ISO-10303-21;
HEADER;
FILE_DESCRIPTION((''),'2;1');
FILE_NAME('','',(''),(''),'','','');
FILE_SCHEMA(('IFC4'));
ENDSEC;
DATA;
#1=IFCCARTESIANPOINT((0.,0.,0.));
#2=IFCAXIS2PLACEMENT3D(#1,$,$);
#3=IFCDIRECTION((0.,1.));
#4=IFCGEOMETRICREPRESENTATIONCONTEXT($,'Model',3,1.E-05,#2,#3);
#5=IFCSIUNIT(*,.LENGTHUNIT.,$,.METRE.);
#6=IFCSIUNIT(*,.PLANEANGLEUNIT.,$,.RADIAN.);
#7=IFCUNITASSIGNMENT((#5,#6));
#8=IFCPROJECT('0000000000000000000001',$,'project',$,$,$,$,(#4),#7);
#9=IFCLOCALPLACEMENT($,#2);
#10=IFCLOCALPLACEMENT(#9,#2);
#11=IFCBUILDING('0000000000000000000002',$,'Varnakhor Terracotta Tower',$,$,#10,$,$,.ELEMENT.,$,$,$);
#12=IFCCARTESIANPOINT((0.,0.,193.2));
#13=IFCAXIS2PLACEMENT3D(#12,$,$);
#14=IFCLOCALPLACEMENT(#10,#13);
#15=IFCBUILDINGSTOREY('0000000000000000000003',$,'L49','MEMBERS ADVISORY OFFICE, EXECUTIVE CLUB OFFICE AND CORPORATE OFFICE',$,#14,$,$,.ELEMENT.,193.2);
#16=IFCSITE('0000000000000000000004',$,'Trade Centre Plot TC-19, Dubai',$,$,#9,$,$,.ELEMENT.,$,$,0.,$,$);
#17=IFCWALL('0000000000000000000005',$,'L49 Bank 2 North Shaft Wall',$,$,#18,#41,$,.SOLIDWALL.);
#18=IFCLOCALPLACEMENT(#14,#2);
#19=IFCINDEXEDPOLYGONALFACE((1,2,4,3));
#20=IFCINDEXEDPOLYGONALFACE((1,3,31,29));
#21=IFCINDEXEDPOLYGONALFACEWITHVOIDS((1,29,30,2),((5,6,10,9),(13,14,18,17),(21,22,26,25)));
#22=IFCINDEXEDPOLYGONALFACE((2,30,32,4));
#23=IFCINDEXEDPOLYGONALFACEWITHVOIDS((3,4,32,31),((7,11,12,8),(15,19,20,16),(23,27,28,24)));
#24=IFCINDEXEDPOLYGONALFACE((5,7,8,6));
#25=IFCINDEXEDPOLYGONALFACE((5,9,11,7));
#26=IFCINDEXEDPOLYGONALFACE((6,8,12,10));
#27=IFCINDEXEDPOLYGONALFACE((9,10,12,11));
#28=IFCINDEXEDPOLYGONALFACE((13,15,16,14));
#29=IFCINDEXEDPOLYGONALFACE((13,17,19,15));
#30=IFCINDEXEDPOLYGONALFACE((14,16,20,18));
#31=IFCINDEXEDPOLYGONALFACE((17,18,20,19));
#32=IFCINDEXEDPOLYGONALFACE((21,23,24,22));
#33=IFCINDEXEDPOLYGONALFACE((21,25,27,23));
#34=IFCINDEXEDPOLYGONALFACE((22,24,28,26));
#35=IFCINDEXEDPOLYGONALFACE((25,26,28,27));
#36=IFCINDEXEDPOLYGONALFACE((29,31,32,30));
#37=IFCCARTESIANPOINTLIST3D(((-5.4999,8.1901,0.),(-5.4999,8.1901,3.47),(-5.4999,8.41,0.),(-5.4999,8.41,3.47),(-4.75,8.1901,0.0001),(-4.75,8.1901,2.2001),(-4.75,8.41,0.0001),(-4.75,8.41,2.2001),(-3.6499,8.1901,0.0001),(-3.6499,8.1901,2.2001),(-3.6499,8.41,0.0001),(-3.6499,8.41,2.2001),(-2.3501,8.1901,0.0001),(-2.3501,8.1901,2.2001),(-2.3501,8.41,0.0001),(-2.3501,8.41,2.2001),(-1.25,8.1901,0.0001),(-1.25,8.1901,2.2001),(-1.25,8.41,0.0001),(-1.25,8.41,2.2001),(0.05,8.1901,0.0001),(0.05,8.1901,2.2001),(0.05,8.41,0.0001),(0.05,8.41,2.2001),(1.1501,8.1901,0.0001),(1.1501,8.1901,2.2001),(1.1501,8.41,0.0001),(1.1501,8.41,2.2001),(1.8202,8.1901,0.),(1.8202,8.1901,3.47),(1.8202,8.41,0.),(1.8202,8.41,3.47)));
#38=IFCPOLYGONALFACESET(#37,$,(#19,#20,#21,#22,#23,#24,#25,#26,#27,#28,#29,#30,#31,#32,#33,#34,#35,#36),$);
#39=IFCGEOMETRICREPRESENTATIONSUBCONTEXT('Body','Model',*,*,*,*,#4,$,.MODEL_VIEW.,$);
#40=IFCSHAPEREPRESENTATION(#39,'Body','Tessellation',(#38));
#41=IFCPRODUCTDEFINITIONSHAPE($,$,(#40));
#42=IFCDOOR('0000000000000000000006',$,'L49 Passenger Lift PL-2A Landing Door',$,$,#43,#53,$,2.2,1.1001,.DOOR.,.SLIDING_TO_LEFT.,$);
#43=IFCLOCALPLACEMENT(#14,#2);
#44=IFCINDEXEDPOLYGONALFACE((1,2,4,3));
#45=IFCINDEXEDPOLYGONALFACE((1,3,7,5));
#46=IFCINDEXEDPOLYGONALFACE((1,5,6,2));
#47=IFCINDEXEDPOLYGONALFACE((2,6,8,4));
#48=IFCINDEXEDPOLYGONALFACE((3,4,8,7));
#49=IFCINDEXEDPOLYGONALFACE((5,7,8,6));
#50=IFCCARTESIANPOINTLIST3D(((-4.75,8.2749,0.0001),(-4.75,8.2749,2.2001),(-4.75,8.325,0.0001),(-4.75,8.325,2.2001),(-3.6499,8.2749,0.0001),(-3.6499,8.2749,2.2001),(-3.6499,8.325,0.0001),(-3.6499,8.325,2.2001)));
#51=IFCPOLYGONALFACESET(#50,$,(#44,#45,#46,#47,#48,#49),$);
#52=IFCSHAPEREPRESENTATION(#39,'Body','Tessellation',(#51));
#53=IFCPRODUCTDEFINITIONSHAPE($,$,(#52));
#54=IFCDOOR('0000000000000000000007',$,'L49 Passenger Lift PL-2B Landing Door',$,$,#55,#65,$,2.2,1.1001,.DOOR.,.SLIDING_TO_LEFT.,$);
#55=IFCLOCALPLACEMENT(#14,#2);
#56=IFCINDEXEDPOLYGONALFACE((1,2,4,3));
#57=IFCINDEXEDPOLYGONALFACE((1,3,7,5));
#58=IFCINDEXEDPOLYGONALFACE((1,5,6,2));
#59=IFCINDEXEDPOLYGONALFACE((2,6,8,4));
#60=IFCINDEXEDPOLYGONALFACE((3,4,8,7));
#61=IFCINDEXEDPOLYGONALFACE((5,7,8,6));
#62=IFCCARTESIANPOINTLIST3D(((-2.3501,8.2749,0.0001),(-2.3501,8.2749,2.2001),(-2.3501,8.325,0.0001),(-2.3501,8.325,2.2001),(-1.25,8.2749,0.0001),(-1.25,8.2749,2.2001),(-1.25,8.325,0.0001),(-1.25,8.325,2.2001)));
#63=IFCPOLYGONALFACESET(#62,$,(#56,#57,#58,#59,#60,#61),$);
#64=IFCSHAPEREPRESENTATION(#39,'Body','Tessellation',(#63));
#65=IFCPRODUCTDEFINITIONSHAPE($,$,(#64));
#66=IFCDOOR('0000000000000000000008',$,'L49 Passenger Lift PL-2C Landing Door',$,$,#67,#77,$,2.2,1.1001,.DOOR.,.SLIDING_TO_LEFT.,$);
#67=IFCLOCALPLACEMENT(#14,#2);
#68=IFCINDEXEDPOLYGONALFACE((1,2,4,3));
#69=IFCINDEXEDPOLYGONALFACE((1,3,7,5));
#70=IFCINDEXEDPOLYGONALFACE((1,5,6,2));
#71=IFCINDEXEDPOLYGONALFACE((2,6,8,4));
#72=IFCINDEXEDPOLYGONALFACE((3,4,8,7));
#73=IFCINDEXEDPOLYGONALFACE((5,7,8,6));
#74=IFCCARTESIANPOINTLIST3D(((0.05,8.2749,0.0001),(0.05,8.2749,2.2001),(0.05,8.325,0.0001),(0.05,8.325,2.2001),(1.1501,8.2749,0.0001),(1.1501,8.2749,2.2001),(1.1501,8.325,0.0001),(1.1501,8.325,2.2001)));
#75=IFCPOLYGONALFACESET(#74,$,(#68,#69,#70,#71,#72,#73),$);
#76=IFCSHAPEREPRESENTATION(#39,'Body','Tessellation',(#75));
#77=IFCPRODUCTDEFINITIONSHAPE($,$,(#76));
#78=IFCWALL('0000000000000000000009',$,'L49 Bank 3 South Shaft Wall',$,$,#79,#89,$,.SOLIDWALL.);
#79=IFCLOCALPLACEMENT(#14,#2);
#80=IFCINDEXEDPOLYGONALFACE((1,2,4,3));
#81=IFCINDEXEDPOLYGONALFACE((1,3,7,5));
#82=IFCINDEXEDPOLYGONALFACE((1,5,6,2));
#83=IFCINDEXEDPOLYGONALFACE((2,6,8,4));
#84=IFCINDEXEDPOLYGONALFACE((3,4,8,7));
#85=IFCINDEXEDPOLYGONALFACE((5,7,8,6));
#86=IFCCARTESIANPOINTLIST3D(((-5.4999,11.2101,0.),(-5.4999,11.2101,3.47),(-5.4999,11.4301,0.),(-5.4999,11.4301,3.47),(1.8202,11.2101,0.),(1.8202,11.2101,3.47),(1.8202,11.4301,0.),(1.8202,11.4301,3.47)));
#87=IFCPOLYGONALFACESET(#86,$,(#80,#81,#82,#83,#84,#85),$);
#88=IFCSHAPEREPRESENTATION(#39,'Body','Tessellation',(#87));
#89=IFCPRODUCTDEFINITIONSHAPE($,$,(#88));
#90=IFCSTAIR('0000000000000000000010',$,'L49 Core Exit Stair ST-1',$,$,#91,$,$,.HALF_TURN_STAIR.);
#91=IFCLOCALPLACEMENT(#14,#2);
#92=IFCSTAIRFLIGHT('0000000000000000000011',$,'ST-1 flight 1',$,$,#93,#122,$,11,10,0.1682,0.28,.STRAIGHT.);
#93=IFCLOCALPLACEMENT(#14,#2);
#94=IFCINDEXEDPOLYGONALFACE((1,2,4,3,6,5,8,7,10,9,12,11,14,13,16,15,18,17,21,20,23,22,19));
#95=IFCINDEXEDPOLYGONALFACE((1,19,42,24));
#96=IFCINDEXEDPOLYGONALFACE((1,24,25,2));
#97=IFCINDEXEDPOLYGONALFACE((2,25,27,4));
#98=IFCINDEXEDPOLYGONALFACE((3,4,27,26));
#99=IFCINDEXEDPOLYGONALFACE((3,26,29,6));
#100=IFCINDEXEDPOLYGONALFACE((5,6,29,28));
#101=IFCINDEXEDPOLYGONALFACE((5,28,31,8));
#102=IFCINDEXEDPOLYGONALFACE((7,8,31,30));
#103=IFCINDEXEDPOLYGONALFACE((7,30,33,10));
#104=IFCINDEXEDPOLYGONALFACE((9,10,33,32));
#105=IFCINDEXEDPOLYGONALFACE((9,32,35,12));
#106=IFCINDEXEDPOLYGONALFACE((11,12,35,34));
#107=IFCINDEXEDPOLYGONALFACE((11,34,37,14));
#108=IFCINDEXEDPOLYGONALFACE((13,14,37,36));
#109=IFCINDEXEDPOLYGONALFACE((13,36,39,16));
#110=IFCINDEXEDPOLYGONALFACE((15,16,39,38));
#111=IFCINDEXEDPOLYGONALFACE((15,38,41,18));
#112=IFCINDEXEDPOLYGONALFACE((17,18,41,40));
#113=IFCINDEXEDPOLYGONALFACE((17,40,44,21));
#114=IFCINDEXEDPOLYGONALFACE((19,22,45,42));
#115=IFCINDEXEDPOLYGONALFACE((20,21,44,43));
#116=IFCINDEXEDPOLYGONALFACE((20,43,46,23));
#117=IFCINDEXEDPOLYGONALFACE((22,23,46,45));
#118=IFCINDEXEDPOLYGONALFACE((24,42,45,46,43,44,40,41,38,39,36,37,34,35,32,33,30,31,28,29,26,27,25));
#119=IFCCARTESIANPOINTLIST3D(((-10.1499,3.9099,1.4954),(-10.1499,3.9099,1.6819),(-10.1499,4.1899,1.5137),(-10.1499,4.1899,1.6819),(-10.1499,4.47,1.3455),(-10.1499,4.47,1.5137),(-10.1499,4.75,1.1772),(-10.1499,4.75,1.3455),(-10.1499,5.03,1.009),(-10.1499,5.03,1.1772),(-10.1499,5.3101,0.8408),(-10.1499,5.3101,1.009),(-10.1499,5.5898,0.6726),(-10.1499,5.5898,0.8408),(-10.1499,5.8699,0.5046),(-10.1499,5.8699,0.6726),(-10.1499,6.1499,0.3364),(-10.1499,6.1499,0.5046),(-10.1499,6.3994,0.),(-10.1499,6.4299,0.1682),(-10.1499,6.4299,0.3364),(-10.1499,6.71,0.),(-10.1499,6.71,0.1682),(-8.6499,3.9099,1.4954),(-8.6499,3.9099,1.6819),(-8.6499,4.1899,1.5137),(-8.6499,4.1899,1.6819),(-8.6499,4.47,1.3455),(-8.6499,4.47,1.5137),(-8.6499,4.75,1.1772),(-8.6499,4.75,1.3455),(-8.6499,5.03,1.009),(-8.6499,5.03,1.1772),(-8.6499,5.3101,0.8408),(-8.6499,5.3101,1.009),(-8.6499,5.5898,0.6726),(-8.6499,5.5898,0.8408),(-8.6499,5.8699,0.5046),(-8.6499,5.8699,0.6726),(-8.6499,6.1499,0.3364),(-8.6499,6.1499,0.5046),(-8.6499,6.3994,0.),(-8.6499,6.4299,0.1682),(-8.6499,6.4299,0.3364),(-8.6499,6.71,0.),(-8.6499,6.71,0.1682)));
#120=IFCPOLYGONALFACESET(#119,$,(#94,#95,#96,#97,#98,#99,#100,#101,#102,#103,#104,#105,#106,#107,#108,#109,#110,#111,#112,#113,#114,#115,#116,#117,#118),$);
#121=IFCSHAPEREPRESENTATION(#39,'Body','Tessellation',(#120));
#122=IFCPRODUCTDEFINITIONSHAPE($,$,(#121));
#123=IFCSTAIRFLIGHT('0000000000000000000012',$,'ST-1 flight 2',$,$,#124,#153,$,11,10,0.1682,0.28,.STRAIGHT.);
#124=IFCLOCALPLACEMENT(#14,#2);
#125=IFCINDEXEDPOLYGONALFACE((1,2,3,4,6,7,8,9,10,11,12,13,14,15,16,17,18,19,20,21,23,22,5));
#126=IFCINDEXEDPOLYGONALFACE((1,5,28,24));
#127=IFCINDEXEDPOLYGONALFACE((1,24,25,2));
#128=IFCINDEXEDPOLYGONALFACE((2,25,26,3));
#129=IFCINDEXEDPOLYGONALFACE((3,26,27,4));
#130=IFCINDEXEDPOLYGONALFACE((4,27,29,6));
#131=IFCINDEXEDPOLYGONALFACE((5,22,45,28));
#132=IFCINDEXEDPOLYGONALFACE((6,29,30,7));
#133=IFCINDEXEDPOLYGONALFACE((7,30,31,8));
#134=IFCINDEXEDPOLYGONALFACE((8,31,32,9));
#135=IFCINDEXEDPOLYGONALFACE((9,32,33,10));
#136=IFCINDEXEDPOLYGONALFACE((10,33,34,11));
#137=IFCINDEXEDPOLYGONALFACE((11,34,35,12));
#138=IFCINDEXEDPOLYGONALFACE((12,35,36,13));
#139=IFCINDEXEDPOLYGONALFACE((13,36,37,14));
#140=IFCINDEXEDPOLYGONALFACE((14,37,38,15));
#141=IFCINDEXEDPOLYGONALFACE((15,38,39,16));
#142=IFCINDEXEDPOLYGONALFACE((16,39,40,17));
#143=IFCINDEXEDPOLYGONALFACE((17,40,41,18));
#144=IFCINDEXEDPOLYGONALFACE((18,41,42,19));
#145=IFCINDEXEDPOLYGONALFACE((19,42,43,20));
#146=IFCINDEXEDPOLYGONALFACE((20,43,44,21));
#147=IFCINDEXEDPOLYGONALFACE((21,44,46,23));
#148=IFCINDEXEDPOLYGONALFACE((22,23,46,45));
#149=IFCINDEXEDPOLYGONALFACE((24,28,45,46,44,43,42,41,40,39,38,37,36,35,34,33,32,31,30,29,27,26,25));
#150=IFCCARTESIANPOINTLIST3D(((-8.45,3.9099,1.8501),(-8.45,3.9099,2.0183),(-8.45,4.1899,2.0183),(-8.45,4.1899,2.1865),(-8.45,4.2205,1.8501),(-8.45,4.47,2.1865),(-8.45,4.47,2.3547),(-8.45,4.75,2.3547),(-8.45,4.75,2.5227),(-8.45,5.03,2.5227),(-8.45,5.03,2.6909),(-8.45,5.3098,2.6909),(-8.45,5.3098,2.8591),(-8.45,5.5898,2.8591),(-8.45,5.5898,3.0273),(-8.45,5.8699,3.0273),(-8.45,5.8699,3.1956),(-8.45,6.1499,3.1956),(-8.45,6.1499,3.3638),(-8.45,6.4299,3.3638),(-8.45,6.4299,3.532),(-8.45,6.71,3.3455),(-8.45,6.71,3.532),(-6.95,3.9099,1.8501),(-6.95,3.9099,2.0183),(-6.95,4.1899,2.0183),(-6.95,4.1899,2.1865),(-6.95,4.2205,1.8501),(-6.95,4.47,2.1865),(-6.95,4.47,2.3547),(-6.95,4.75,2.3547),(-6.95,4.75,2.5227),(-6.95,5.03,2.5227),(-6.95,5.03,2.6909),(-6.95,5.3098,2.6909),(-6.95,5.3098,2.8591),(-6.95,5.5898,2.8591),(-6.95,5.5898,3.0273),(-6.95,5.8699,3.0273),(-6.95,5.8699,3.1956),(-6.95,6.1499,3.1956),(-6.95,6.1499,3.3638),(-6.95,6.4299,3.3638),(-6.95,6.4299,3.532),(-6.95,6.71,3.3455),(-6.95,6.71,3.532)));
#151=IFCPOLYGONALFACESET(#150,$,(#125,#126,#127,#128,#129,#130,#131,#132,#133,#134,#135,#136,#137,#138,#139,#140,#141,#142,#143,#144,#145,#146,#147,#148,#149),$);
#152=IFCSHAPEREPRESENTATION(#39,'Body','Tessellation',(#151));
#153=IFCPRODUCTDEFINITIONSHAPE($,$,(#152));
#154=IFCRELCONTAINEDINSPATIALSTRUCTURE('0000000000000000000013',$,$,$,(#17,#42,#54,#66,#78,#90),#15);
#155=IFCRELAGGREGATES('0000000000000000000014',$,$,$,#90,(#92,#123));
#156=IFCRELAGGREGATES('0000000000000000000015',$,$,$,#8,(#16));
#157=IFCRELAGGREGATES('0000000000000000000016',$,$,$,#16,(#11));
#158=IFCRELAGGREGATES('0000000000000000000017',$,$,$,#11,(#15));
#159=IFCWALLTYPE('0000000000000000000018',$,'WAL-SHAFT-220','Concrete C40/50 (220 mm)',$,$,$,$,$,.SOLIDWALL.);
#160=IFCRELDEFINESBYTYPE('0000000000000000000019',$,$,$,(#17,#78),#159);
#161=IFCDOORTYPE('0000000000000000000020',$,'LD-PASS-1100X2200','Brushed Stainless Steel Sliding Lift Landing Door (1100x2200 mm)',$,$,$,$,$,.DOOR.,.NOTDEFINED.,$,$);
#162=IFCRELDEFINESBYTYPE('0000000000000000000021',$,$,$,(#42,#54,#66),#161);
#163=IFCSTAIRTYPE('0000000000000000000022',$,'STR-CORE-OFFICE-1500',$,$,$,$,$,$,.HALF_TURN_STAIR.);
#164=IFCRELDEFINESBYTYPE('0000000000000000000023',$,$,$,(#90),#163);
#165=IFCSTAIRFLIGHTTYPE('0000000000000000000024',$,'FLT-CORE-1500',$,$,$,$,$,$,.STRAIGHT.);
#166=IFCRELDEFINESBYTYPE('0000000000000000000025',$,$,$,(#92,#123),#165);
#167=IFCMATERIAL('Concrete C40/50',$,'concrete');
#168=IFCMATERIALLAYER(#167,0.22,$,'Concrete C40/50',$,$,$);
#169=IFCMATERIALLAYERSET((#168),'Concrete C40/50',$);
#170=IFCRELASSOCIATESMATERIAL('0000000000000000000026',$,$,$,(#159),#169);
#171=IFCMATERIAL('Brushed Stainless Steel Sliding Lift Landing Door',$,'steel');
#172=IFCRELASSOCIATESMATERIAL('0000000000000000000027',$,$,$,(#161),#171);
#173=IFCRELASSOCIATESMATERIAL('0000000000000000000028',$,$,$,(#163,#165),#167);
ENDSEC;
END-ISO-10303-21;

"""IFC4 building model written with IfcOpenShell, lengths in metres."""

from ifc_helpers import new_model, si_unit, direction, frame, frame_2d, origin, place, context, subcontext, project, spatial, polyline, rectangle, outline, extrude, source, transform, mapped, material, layer, layer_set, type_object, type_shapes, element, fill, aggregate, save


model = new_model("IFC4")

# Units and contexts
model_context = context("Model", 3, precision=1e-05, world=origin(), true_north=direction((0.0, 1.0)))
body_context = subcontext(model_context, "Body", "Model", "MODEL_VIEW")
ifc_project = project(units=[si_unit("LENGTHUNIT", "METRE"), si_unit("PLANEANGLEUNIT", "RADIAN")], contexts=[model_context])

# Site, building, storey
site_placement = place(None, origin())
site = spatial("IfcSite", under=ifc_project, at=site_placement, Name="Trade Centre Plot TC-19, Dubai", CompositionType="ELEMENT", RefElevation=0.0)
building_placement = place(site_placement, origin())
building = spatial("IfcBuilding", under=site, at=building_placement, Name="Varnakhor Terracotta Tower", CompositionType="ELEMENT")
storey_placement = place(building_placement, frame((0.0, 0.0, 193.2)))
storey = spatial("IfcBuildingStorey", under=building, at=storey_placement, Name="L49", Description="MEMBERS ADVISORY OFFICE, EXECUTIVE CLUB OFFICE AND CORPORATE OFFICE", CompositionType="ELEMENT", Elevation=193.2)

# Shared definitions
ifc_material_1 = material(Name="Concrete C40/50", Category="concrete")

# Shared definitions
ifc_layer_1 = layer(ifc_material_1, 0.22, Name="Concrete C40/50")
ifc_layer_set_1 = layer_set([ifc_layer_1], Name="Concrete C40/50")
wall_type_1 = type_object("IfcWallType", Name="WAL-SHAFT-220", Description="Concrete C40/50 (220 mm)", PredefinedType="SOLIDWALL", material=ifc_layer_set_1)

# Wall, openings, doors
wall_1_placement = place(storey_placement, frame((-5.5, 8.3, 0.0), z_axis=(0.0, 0.0, 1.0), x_axis=(1.0, 0.0, 0.0)))
wall_1 = element("IfcWall", 1, at=wall_1_placement, inside=storey, type_object=wall_type_1, Name="L49 Bank 2 North Shaft Wall", PredefinedType="SOLIDWALL", context=body_context, shape_type="SweptSolid", body=[
    extrude(rectangle(XDim=7.3201, YDim=0.22, at=frame_2d((3.6602, 0.0))), origin(), (0.0, 0.0, 1.0), 3.47),
])
opening_1_placement = place(wall_1_placement, frame((0.75, 0.0, 0.0)))
opening_1 = element("IfcOpeningElement", 2, at=opening_1_placement, cuts=wall_1, PredefinedType="OPENING", context=body_context, shape_type="SweptSolid", body=[
    extrude(rectangle(XDim=1.1001, YDim=2.2, at=frame_2d((0.55, 1.1001))), frame((0.0, 0.1201, 0.0), z_axis=(0.0, -1.0, 0.0), x_axis=(1.0, 0.0, 0.0)), (0.0, 0.0, 1.0), 0.24),
])
opening_2_placement = place(wall_1_placement, frame((3.1499, 0.0, 0.0)))
opening_2 = element("IfcOpeningElement", 3, at=opening_2_placement, cuts=wall_1, PredefinedType="OPENING", context=body_context, shape_type="SweptSolid", body=[
    extrude(rectangle(XDim=1.1001, YDim=2.2, at=frame_2d((0.55, 1.1001))), frame((0.0, 0.1201, 0.0), z_axis=(0.0, -1.0, 0.0), x_axis=(1.0, 0.0, 0.0)), (0.0, 0.0, 1.0), 0.24),
])
opening_3_placement = place(wall_1_placement, frame((5.55, 0.0, 0.0)))
opening_3 = element("IfcOpeningElement", 4, at=opening_3_placement, cuts=wall_1, PredefinedType="OPENING", context=body_context, shape_type="SweptSolid", body=[
    extrude(rectangle(XDim=1.1001, YDim=2.2, at=frame_2d((0.55, 1.1001))), frame((0.0, 0.1201, 0.0), z_axis=(0.0, -1.0, 0.0), x_axis=(1.0, 0.0, 0.0)), (0.0, 0.0, 1.0), 0.24),
])
ifc_material_2 = material(Name="Brushed Stainless Steel Sliding Lift Landing Door", Category="steel")
door_type_1 = type_object("IfcDoorType", Name="LD-PASS-1100X2200", Description="Brushed Stainless Steel Sliding Lift Landing Door (1100x2200 mm)", OperationType="NOTDEFINED", PredefinedType="DOOR", material=ifc_material_2)
shared_shape_1 = source(origin(), body_context, "Body", "SweptSolid", [
    extrude(rectangle(XDim=1.1001, YDim=2.2, at=frame_2d((0.55, 1.1001))), frame((0.0, 0.0249, 0.0), z_axis=(0.0, -1.0, 0.0), x_axis=(1.0, 0.0, 0.0)), (0.0, 0.0, 1.0), 0.05),
])
type_shapes(door_type_1, [shared_shape_1])
door_1_placement = place(opening_1_placement, origin())
door_1 = element("IfcDoor", 5, at=door_1_placement, inside=storey, type_object=door_type_1, Name="L49 Passenger Lift PL-2A Landing Door", OperationType="SLIDING_TO_LEFT", OverallHeight=2.2, OverallWidth=1.1001, PredefinedType="DOOR", context=body_context, shape_type="MappedRepresentation", body=[
    mapped(shared_shape_1, transform((0.0, 0.0, 0.0), scale=1.0)),
])
fill(opening_1, door_1)
door_2_placement = place(opening_2_placement, origin())
door_2 = element("IfcDoor", 6, at=door_2_placement, inside=storey, type_object=door_type_1, Name="L49 Passenger Lift PL-2B Landing Door", OperationType="SLIDING_TO_LEFT", OverallHeight=2.2, OverallWidth=1.1001, PredefinedType="DOOR", context=body_context, shape_type="MappedRepresentation", body=[
    mapped(shared_shape_1, transform((0.0, 0.0, 0.0), scale=1.0)),
])
fill(opening_2, door_2)
door_3_placement = place(opening_3_placement, origin())
door_3 = element("IfcDoor", 7, at=door_3_placement, inside=storey, type_object=door_type_1, Name="L49 Passenger Lift PL-2C Landing Door", OperationType="SLIDING_TO_LEFT", OverallHeight=2.2, OverallWidth=1.1001, PredefinedType="DOOR", context=body_context, shape_type="MappedRepresentation", body=[
    mapped(shared_shape_1, transform((0.0, 0.0, 0.0), scale=1.0)),
])
fill(opening_3, door_3)

# Wall
wall_2_placement = place(storey_placement, frame((-5.5, 11.3201, 0.0), z_axis=(0.0, 0.0, 1.0), x_axis=(1.0, 0.0, 0.0)))
element("IfcWall", 8, at=wall_2_placement, inside=storey, type_object=wall_type_1, Name="L49 Bank 3 South Shaft Wall", PredefinedType="SOLIDWALL", context=body_context, shape_type="SweptSolid", body=[
    extrude(rectangle(XDim=7.3201, YDim=0.22, at=frame_2d((3.6602, 0.0))), origin(), (0.0, 0.0, 1.0), 3.47),
])

# Stair, stair flights
stair_type = type_object("IfcStairType", Name="STR-CORE-OFFICE-1500", PredefinedType="HALF_TURN_STAIR", material=ifc_material_1)
stair_placement = place(storey_placement, origin())
stair = element("IfcStair", 9, at=stair_placement, inside=storey, type_object=stair_type, Name="L49 Core Exit Stair ST-1", PredefinedType="HALF_TURN_STAIR")
stair_flight_type = type_object("IfcStairFlightType", Name="FLT-CORE-1500", PredefinedType="STRAIGHT", material=ifc_material_1)
stair_flight_1_placement = place(storey_placement, frame((-9.3999, 6.71, 0.0), z_axis=(0.0, 0.0, 1.0), x_axis=(0.0, -1.0, 0.0)))
stair_flight_1 = element("IfcStairFlight", 10, at=stair_flight_1_placement, type_object=stair_flight_type, Name="ST-1 flight 1", NumberOfRisers=11, NumberOfTreads=10, PredefinedType="STRAIGHT", RiserHeight=0.1682, TreadLength=0.28, context=body_context, shape_type="SweptSolid", body=[
    extrude(outline(polyline([(0.0, 0.0), (0.0, 0.1682), (0.28, 0.1682), (0.28, 0.3364), (0.5601, 0.3364), (0.5601, 0.5046), (0.8401, 0.5046), (0.8401, 0.6726), (1.1201, 0.6726), (1.1201, 0.8408), (1.3999, 0.8408), (1.3999, 1.009), (1.6799, 1.009), (1.6799, 1.1772), (1.96, 1.1772), (1.96, 1.3455), (2.24, 1.3455), (2.24, 1.5137), (2.52, 1.5137), (2.52, 1.6819), (2.8, 1.6819), (2.8, 1.8501), (2.8, 1.4954), (0.3105, 0.0), (0.0, 0.0)])), frame((0.0, 0.75, 0.0), z_axis=(0.0, -1.0, 0.0), x_axis=(1.0, 0.0, 0.0)), (0.0, 0.0, 1.0), 1.5),
])
stair_flight_2_placement = place(storey_placement, frame((-7.7, 3.9099, 1.8501), z_axis=(0.0, 0.0, 1.0), x_axis=(0.0, 1.0, 0.0)))
stair_flight_2 = element("IfcStairFlight", 11, at=stair_flight_2_placement, type_object=stair_flight_type, Name="ST-1 flight 2", NumberOfRisers=11, NumberOfTreads=10, PredefinedType="STRAIGHT", RiserHeight=0.1682, TreadLength=0.28, context=body_context, shape_type="SweptSolid", body=[
    extrude(outline(polyline([(0.0, 0.0), (0.0, 0.1682), (0.28, 0.1682), (0.28, 0.3364), (0.5601, 0.3364), (0.5601, 0.5046), (0.8401, 0.5046), (0.8401, 0.6726), (1.1201, 0.6726), (1.1201, 0.8408), (1.3999, 0.8408), (1.3999, 1.009), (1.6799, 1.009), (1.6799, 1.1772), (1.96, 1.1772), (1.96, 1.3455), (2.24, 1.3455), (2.24, 1.5137), (2.52, 1.5137), (2.52, 1.6819), (2.8, 1.6819), (2.8, 1.8501), (2.8, 1.4954), (0.3105, 0.0), (0.0, 0.0)])), frame((0.0, 0.75, 0.0), z_axis=(0.0, -1.0, 0.0), x_axis=(1.0, 0.0, 0.0)), (0.0, 0.0, 1.0), 1.5),
])
aggregate(stair, [stair_flight_1, stair_flight_2])

save(model, "model.ifc")
